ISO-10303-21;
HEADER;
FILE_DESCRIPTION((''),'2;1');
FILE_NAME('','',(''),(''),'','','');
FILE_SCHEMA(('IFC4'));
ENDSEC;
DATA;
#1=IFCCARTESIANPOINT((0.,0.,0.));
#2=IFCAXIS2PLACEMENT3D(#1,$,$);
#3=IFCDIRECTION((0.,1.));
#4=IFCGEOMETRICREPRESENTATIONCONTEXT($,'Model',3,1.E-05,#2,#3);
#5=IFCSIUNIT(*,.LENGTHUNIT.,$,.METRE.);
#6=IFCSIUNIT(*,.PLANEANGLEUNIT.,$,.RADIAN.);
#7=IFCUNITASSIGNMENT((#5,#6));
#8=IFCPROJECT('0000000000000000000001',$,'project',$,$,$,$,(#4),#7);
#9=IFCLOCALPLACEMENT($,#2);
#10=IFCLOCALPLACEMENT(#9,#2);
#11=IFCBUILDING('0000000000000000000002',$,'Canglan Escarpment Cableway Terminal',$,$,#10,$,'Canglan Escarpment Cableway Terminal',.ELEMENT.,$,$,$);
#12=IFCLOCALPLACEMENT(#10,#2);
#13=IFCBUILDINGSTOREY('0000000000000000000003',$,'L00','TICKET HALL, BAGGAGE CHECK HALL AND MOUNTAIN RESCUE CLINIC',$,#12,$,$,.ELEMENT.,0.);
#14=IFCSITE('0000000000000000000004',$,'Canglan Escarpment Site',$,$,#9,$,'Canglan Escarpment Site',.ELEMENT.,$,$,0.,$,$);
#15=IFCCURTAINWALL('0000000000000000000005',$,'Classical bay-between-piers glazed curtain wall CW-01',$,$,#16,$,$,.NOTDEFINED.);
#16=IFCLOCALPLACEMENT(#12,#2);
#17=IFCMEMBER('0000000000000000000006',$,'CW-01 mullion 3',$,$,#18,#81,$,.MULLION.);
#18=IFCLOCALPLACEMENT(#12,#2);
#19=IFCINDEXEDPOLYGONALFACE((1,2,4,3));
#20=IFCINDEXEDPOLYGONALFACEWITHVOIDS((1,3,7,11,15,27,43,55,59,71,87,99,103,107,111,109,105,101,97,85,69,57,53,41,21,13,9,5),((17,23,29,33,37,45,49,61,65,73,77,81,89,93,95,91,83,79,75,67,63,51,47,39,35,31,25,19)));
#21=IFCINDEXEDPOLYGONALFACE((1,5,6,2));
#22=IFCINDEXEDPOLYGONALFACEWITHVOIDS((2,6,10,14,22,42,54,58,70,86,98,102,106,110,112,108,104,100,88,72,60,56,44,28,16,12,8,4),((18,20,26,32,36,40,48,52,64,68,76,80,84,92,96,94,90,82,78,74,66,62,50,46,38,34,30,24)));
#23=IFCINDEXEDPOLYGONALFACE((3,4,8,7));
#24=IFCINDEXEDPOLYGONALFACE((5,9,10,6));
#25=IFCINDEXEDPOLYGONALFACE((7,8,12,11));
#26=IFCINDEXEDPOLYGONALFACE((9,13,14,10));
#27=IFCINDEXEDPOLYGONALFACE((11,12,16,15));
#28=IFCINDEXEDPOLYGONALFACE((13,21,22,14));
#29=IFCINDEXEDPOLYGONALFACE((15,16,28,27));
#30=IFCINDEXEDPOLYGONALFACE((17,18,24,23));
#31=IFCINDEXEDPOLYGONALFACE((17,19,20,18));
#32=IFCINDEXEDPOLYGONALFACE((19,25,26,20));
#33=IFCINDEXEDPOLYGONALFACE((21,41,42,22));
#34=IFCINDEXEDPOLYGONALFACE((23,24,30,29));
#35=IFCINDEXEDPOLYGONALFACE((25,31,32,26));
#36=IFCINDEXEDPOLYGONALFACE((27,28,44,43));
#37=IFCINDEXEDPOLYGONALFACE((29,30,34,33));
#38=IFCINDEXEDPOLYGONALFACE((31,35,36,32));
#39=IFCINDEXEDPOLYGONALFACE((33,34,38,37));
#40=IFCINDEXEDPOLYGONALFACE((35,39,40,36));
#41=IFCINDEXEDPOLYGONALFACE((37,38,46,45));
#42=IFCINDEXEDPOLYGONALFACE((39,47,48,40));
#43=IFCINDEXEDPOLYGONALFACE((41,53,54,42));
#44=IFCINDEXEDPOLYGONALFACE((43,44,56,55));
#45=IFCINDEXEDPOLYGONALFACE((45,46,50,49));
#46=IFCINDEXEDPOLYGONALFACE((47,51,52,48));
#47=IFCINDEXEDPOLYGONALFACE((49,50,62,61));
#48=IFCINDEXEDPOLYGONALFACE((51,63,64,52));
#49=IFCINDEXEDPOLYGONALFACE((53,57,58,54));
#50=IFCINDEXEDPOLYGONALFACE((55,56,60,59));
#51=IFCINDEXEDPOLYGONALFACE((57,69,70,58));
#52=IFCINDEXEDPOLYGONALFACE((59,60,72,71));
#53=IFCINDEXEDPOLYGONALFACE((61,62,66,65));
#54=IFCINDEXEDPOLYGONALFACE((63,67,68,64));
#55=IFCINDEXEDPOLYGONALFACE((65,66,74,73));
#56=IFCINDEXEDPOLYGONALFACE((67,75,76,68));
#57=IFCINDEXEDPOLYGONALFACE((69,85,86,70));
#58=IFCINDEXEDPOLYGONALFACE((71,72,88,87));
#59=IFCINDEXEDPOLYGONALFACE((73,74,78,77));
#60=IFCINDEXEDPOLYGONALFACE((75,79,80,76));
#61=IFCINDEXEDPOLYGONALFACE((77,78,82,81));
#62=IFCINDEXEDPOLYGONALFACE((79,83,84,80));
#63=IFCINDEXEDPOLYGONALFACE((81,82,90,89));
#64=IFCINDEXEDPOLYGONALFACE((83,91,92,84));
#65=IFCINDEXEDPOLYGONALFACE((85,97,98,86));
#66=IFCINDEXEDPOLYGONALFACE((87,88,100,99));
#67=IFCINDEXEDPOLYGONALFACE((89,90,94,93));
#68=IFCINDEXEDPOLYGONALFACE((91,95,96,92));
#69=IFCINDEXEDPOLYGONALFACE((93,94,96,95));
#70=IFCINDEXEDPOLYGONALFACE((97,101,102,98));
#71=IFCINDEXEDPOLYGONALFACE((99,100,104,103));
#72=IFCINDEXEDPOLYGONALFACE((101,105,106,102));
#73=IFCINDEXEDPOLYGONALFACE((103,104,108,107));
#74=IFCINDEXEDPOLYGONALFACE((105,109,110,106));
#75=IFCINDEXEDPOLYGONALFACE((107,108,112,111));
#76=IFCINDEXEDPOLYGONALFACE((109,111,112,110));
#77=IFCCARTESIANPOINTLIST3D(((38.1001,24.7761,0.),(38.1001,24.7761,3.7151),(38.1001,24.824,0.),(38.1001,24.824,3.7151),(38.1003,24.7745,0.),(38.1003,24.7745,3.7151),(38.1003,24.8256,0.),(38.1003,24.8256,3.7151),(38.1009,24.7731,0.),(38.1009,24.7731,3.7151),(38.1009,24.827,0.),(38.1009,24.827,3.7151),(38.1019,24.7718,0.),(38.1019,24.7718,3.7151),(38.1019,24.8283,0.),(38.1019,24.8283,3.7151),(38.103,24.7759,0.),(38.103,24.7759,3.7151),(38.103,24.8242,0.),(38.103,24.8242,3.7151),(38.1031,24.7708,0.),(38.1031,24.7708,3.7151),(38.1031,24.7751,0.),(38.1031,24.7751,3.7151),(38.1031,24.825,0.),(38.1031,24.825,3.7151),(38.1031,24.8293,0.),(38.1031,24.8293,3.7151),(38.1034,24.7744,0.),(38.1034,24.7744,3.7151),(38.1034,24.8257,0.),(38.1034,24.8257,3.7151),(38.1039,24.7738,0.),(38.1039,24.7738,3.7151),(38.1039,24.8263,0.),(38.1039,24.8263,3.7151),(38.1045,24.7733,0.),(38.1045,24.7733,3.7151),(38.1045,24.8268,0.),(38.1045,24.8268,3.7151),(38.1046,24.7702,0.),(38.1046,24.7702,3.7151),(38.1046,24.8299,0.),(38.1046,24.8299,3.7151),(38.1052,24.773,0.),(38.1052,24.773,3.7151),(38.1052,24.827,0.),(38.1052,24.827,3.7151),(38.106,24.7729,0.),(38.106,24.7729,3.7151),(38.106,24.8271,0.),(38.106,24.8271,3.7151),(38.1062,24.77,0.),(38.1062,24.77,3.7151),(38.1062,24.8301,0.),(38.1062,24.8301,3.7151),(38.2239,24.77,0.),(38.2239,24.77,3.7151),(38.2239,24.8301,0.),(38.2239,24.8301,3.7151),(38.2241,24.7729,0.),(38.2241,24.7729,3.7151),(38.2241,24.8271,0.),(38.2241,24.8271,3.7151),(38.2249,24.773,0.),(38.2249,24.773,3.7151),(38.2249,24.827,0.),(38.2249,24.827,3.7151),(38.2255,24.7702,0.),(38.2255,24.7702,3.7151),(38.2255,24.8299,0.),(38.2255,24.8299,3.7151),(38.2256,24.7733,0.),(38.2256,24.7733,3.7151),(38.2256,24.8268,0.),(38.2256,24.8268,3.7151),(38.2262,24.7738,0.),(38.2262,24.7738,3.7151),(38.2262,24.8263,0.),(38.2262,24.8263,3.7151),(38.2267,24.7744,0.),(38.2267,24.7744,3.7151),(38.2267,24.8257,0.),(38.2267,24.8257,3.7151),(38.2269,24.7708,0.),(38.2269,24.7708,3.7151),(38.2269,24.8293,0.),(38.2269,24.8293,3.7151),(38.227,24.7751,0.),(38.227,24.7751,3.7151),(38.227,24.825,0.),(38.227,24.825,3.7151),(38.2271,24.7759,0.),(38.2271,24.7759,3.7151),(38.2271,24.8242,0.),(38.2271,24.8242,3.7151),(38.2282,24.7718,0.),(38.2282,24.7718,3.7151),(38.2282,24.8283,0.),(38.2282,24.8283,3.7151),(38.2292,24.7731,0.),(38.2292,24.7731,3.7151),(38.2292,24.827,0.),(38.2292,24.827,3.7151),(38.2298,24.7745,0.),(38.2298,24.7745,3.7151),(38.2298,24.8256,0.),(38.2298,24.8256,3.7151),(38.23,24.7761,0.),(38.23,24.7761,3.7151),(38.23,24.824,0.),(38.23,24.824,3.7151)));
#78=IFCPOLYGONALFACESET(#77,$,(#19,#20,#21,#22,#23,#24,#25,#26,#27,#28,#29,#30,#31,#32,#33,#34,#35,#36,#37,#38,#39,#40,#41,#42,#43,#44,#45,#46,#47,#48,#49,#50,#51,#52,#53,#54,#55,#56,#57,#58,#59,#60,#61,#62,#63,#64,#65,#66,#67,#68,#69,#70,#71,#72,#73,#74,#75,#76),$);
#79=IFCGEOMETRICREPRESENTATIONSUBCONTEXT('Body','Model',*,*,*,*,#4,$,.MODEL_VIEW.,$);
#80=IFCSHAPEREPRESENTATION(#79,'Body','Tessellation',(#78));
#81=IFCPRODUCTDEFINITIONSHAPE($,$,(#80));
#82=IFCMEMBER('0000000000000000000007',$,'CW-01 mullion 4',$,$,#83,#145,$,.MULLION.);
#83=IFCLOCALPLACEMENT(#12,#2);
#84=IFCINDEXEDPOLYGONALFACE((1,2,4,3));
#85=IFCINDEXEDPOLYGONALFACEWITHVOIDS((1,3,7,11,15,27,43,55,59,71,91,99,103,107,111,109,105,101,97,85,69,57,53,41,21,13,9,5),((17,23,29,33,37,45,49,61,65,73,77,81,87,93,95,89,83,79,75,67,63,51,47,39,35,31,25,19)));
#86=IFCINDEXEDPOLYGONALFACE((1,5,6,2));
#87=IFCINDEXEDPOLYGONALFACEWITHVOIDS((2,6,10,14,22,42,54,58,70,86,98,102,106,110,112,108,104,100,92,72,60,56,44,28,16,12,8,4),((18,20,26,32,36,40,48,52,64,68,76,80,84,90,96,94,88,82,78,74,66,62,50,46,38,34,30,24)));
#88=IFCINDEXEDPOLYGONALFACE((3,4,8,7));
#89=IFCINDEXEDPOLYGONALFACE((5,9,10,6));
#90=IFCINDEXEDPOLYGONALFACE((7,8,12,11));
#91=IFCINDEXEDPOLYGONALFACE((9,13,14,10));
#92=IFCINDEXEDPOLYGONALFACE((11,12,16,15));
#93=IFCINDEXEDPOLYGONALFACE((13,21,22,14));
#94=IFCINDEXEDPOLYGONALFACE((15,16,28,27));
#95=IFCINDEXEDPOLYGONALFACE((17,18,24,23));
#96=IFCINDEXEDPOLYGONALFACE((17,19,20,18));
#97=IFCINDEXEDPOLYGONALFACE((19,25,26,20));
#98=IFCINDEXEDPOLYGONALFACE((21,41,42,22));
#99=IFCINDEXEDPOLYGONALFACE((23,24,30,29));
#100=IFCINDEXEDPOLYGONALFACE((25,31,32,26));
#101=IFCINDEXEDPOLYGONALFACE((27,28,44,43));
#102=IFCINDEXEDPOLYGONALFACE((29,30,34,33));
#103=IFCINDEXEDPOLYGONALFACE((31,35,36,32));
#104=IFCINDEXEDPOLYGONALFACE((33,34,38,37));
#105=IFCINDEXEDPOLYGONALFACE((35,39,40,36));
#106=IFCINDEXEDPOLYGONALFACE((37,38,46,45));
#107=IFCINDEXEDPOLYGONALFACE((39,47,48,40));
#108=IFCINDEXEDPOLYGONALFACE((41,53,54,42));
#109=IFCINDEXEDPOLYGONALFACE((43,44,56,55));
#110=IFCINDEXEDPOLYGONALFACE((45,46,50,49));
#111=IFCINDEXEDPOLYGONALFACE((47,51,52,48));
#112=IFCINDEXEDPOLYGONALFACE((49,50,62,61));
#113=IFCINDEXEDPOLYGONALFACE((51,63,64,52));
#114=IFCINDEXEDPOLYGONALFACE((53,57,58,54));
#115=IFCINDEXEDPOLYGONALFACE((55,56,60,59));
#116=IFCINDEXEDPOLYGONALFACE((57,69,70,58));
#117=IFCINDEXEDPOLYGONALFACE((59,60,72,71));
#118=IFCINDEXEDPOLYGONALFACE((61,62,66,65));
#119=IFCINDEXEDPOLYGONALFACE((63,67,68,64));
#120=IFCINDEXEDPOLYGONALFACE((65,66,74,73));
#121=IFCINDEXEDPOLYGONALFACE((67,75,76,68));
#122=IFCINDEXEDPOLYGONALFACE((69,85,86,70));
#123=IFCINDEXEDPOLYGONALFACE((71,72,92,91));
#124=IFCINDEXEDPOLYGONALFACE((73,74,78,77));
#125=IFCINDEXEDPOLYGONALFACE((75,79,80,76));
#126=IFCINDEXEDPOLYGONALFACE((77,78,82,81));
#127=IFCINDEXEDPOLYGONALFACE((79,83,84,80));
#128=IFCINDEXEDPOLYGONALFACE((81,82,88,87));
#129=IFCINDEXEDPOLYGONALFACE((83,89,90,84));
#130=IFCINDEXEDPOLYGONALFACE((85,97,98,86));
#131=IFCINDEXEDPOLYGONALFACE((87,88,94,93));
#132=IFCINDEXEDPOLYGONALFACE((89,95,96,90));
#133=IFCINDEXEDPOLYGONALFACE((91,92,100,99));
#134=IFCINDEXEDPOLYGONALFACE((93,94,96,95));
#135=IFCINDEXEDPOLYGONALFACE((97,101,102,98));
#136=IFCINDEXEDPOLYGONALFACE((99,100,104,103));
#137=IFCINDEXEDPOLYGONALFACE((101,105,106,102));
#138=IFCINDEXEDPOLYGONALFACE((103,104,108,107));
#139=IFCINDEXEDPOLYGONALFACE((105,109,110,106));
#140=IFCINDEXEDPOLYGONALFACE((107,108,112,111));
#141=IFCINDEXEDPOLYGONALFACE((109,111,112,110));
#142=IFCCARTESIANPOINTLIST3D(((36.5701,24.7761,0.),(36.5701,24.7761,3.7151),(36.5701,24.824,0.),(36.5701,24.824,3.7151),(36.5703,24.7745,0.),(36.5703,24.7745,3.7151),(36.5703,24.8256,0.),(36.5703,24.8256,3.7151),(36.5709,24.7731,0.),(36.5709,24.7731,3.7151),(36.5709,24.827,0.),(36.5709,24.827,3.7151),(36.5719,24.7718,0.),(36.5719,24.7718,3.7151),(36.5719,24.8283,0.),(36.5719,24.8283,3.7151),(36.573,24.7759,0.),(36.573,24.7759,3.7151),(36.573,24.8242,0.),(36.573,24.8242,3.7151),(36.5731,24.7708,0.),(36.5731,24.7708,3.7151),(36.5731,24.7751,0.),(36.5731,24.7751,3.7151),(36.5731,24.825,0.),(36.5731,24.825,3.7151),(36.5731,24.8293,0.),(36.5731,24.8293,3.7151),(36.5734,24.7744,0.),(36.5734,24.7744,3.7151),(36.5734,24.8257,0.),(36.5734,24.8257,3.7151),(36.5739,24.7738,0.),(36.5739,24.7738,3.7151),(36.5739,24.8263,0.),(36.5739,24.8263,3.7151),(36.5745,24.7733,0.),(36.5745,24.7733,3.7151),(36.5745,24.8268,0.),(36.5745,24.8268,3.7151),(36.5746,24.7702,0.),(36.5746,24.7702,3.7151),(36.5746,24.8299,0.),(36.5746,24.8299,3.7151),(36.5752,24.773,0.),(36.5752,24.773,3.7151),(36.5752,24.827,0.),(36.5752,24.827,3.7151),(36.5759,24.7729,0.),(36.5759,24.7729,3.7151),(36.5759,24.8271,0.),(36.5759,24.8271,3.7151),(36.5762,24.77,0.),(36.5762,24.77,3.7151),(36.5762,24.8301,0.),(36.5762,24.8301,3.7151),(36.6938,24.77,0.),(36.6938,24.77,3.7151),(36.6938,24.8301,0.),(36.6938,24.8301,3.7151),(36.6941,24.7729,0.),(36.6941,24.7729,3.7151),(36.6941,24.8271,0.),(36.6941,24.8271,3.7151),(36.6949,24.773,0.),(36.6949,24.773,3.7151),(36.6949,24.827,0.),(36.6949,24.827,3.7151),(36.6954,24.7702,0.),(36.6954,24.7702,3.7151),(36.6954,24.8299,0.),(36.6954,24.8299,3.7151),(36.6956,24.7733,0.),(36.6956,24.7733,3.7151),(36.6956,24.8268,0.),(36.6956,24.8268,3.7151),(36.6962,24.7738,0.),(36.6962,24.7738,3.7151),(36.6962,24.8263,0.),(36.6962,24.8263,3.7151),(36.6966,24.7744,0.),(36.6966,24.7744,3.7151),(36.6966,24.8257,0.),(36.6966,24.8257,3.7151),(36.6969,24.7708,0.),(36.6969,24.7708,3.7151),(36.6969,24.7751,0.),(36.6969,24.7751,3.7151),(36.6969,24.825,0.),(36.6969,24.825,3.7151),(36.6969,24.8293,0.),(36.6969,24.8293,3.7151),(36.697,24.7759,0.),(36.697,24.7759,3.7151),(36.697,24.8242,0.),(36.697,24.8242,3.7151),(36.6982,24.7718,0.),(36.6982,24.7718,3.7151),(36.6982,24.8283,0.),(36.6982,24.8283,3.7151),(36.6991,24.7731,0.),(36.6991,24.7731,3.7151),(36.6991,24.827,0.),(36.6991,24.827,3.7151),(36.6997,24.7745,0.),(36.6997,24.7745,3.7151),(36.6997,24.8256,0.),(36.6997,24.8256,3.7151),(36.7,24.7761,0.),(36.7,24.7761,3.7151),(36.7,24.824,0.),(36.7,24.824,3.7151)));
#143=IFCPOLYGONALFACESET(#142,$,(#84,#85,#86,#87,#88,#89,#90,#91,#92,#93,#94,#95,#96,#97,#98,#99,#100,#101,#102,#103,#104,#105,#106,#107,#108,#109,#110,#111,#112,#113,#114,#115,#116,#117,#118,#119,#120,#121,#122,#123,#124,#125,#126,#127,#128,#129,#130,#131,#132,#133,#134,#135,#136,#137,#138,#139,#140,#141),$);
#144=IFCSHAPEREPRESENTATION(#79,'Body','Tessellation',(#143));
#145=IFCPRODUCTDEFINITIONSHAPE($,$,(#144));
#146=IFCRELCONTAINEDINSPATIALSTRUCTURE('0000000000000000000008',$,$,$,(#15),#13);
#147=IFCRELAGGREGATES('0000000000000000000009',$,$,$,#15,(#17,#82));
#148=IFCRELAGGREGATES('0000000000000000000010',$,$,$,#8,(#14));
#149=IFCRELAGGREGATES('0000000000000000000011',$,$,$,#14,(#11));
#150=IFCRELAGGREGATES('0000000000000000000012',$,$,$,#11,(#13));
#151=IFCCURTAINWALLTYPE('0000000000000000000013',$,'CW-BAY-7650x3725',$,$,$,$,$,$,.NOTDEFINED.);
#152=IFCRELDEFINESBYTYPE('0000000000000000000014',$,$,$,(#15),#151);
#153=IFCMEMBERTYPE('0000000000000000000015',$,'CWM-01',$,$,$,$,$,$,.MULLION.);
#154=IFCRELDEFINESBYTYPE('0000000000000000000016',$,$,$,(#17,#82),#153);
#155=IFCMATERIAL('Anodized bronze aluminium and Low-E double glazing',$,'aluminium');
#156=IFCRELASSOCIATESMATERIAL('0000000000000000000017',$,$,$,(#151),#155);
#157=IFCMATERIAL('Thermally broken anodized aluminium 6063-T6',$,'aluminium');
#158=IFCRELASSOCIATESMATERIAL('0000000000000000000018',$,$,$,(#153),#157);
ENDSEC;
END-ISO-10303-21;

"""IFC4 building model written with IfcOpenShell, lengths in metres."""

from ifc_helpers import new_model, si_unit, direction, frame, origin, origin_2d, place, context, subcontext, project, spatial, hollow_rectangle, extrude, material, material_profile, profile_set, type_object, element, aggregate, save


model = new_model("IFC4")

# Units and contexts
model_context = context("Model", 3, precision=1e-05, world=origin(), true_north=direction((0.0, 1.0)))
body_context = subcontext(model_context, "Body", "Model", "MODEL_VIEW")
ifc_project = project(units=[si_unit("LENGTHUNIT", "METRE"), si_unit("PLANEANGLEUNIT", "RADIAN")], contexts=[model_context])

# Site, building, storey
site_placement = place(None, origin())
site = spatial("IfcSite", under=ifc_project, at=site_placement, Name="Canglan Escarpment Site", LongName="Canglan Escarpment Site", CompositionType="ELEMENT", RefElevation=0.0)
building_placement = place(site_placement, origin())
building = spatial("IfcBuilding", under=site, at=building_placement, Name="Canglan Escarpment Cableway Terminal", LongName="Canglan Escarpment Cableway Terminal", CompositionType="ELEMENT")
storey_placement = place(building_placement, origin())
storey = spatial("IfcBuildingStorey", under=building, at=storey_placement, Name="L00", Description="TICKET HALL, BAGGAGE CHECK HALL AND MOUNTAIN RESCUE CLINIC", CompositionType="ELEMENT", Elevation=0.0)

# Curtain wall, members
ifc_material_1 = material(Name="Anodized bronze aluminium and Low-E double glazing", Category="aluminium")
curtain_wall_type = type_object("IfcCurtainWallType", Name="CW-BAY-7650x3725", PredefinedType="NOTDEFINED", material=ifc_material_1)
curtain_wall_placement = place(storey_placement, origin())
curtain_wall = element("IfcCurtainWall", 1, at=curtain_wall_placement, inside=storey, type_object=curtain_wall_type, Name="Classical bay-between-piers glazed curtain wall CW-01", PredefinedType="NOTDEFINED")
ifc_material_2 = material(Name="Thermally broken anodized aluminium 6063-T6", Category="aluminium")
ifc_material_profile_1 = material_profile(ifc_material_2, hollow_rectangle(XDim=0.0601, YDim=0.1299, WallThickness=0.0029, InnerFilletRadius=0.0029, OuterFilletRadius=0.0061, at=origin_2d()), Name="ALU-MULL 60x130x3")
ifc_profile_set_1 = profile_set([ifc_material_profile_1], Name="Thermally broken anodized aluminium 6063-T6")
member_type_1 = type_object("IfcMemberType", Name="CWM-01", PredefinedType="MULLION", material=ifc_profile_set_1)
member_1_placement = place(storey_placement, frame((38.165, 24.8, 0.0), z_axis=(0.0, 0.0, 1.0), x_axis=(0.0, -1.0, 0.0)))
member_1 = element("IfcMember", 2, at=member_1_placement, type_object=member_type_1, Name="CW-01 mullion 3", PredefinedType="MULLION", context=body_context, shape_type="SweptSolid", body=[
    extrude(hollow_rectangle(XDim=0.0601, YDim=0.1299, WallThickness=0.0029, InnerFilletRadius=0.0029, OuterFilletRadius=0.0061, at=origin_2d()), origin(), (0.0, 0.0, 1.0), 3.7151),
])
member_2_placement = place(storey_placement, frame((36.635, 24.8, 0.0), z_axis=(0.0, 0.0, 1.0), x_axis=(0.0, -1.0, 0.0)))
member_2 = element("IfcMember", 3, at=member_2_placement, type_object=member_type_1, Name="CW-01 mullion 4", PredefinedType="MULLION", context=body_context, shape_type="SweptSolid", body=[
    extrude(hollow_rectangle(XDim=0.0601, YDim=0.1299, WallThickness=0.0029, InnerFilletRadius=0.0029, OuterFilletRadius=0.0061, at=origin_2d()), origin(), (0.0, 0.0, 1.0), 3.7151),
])
aggregate(curtain_wall, [member_1, member_2])

save(model, "model.ifc")
